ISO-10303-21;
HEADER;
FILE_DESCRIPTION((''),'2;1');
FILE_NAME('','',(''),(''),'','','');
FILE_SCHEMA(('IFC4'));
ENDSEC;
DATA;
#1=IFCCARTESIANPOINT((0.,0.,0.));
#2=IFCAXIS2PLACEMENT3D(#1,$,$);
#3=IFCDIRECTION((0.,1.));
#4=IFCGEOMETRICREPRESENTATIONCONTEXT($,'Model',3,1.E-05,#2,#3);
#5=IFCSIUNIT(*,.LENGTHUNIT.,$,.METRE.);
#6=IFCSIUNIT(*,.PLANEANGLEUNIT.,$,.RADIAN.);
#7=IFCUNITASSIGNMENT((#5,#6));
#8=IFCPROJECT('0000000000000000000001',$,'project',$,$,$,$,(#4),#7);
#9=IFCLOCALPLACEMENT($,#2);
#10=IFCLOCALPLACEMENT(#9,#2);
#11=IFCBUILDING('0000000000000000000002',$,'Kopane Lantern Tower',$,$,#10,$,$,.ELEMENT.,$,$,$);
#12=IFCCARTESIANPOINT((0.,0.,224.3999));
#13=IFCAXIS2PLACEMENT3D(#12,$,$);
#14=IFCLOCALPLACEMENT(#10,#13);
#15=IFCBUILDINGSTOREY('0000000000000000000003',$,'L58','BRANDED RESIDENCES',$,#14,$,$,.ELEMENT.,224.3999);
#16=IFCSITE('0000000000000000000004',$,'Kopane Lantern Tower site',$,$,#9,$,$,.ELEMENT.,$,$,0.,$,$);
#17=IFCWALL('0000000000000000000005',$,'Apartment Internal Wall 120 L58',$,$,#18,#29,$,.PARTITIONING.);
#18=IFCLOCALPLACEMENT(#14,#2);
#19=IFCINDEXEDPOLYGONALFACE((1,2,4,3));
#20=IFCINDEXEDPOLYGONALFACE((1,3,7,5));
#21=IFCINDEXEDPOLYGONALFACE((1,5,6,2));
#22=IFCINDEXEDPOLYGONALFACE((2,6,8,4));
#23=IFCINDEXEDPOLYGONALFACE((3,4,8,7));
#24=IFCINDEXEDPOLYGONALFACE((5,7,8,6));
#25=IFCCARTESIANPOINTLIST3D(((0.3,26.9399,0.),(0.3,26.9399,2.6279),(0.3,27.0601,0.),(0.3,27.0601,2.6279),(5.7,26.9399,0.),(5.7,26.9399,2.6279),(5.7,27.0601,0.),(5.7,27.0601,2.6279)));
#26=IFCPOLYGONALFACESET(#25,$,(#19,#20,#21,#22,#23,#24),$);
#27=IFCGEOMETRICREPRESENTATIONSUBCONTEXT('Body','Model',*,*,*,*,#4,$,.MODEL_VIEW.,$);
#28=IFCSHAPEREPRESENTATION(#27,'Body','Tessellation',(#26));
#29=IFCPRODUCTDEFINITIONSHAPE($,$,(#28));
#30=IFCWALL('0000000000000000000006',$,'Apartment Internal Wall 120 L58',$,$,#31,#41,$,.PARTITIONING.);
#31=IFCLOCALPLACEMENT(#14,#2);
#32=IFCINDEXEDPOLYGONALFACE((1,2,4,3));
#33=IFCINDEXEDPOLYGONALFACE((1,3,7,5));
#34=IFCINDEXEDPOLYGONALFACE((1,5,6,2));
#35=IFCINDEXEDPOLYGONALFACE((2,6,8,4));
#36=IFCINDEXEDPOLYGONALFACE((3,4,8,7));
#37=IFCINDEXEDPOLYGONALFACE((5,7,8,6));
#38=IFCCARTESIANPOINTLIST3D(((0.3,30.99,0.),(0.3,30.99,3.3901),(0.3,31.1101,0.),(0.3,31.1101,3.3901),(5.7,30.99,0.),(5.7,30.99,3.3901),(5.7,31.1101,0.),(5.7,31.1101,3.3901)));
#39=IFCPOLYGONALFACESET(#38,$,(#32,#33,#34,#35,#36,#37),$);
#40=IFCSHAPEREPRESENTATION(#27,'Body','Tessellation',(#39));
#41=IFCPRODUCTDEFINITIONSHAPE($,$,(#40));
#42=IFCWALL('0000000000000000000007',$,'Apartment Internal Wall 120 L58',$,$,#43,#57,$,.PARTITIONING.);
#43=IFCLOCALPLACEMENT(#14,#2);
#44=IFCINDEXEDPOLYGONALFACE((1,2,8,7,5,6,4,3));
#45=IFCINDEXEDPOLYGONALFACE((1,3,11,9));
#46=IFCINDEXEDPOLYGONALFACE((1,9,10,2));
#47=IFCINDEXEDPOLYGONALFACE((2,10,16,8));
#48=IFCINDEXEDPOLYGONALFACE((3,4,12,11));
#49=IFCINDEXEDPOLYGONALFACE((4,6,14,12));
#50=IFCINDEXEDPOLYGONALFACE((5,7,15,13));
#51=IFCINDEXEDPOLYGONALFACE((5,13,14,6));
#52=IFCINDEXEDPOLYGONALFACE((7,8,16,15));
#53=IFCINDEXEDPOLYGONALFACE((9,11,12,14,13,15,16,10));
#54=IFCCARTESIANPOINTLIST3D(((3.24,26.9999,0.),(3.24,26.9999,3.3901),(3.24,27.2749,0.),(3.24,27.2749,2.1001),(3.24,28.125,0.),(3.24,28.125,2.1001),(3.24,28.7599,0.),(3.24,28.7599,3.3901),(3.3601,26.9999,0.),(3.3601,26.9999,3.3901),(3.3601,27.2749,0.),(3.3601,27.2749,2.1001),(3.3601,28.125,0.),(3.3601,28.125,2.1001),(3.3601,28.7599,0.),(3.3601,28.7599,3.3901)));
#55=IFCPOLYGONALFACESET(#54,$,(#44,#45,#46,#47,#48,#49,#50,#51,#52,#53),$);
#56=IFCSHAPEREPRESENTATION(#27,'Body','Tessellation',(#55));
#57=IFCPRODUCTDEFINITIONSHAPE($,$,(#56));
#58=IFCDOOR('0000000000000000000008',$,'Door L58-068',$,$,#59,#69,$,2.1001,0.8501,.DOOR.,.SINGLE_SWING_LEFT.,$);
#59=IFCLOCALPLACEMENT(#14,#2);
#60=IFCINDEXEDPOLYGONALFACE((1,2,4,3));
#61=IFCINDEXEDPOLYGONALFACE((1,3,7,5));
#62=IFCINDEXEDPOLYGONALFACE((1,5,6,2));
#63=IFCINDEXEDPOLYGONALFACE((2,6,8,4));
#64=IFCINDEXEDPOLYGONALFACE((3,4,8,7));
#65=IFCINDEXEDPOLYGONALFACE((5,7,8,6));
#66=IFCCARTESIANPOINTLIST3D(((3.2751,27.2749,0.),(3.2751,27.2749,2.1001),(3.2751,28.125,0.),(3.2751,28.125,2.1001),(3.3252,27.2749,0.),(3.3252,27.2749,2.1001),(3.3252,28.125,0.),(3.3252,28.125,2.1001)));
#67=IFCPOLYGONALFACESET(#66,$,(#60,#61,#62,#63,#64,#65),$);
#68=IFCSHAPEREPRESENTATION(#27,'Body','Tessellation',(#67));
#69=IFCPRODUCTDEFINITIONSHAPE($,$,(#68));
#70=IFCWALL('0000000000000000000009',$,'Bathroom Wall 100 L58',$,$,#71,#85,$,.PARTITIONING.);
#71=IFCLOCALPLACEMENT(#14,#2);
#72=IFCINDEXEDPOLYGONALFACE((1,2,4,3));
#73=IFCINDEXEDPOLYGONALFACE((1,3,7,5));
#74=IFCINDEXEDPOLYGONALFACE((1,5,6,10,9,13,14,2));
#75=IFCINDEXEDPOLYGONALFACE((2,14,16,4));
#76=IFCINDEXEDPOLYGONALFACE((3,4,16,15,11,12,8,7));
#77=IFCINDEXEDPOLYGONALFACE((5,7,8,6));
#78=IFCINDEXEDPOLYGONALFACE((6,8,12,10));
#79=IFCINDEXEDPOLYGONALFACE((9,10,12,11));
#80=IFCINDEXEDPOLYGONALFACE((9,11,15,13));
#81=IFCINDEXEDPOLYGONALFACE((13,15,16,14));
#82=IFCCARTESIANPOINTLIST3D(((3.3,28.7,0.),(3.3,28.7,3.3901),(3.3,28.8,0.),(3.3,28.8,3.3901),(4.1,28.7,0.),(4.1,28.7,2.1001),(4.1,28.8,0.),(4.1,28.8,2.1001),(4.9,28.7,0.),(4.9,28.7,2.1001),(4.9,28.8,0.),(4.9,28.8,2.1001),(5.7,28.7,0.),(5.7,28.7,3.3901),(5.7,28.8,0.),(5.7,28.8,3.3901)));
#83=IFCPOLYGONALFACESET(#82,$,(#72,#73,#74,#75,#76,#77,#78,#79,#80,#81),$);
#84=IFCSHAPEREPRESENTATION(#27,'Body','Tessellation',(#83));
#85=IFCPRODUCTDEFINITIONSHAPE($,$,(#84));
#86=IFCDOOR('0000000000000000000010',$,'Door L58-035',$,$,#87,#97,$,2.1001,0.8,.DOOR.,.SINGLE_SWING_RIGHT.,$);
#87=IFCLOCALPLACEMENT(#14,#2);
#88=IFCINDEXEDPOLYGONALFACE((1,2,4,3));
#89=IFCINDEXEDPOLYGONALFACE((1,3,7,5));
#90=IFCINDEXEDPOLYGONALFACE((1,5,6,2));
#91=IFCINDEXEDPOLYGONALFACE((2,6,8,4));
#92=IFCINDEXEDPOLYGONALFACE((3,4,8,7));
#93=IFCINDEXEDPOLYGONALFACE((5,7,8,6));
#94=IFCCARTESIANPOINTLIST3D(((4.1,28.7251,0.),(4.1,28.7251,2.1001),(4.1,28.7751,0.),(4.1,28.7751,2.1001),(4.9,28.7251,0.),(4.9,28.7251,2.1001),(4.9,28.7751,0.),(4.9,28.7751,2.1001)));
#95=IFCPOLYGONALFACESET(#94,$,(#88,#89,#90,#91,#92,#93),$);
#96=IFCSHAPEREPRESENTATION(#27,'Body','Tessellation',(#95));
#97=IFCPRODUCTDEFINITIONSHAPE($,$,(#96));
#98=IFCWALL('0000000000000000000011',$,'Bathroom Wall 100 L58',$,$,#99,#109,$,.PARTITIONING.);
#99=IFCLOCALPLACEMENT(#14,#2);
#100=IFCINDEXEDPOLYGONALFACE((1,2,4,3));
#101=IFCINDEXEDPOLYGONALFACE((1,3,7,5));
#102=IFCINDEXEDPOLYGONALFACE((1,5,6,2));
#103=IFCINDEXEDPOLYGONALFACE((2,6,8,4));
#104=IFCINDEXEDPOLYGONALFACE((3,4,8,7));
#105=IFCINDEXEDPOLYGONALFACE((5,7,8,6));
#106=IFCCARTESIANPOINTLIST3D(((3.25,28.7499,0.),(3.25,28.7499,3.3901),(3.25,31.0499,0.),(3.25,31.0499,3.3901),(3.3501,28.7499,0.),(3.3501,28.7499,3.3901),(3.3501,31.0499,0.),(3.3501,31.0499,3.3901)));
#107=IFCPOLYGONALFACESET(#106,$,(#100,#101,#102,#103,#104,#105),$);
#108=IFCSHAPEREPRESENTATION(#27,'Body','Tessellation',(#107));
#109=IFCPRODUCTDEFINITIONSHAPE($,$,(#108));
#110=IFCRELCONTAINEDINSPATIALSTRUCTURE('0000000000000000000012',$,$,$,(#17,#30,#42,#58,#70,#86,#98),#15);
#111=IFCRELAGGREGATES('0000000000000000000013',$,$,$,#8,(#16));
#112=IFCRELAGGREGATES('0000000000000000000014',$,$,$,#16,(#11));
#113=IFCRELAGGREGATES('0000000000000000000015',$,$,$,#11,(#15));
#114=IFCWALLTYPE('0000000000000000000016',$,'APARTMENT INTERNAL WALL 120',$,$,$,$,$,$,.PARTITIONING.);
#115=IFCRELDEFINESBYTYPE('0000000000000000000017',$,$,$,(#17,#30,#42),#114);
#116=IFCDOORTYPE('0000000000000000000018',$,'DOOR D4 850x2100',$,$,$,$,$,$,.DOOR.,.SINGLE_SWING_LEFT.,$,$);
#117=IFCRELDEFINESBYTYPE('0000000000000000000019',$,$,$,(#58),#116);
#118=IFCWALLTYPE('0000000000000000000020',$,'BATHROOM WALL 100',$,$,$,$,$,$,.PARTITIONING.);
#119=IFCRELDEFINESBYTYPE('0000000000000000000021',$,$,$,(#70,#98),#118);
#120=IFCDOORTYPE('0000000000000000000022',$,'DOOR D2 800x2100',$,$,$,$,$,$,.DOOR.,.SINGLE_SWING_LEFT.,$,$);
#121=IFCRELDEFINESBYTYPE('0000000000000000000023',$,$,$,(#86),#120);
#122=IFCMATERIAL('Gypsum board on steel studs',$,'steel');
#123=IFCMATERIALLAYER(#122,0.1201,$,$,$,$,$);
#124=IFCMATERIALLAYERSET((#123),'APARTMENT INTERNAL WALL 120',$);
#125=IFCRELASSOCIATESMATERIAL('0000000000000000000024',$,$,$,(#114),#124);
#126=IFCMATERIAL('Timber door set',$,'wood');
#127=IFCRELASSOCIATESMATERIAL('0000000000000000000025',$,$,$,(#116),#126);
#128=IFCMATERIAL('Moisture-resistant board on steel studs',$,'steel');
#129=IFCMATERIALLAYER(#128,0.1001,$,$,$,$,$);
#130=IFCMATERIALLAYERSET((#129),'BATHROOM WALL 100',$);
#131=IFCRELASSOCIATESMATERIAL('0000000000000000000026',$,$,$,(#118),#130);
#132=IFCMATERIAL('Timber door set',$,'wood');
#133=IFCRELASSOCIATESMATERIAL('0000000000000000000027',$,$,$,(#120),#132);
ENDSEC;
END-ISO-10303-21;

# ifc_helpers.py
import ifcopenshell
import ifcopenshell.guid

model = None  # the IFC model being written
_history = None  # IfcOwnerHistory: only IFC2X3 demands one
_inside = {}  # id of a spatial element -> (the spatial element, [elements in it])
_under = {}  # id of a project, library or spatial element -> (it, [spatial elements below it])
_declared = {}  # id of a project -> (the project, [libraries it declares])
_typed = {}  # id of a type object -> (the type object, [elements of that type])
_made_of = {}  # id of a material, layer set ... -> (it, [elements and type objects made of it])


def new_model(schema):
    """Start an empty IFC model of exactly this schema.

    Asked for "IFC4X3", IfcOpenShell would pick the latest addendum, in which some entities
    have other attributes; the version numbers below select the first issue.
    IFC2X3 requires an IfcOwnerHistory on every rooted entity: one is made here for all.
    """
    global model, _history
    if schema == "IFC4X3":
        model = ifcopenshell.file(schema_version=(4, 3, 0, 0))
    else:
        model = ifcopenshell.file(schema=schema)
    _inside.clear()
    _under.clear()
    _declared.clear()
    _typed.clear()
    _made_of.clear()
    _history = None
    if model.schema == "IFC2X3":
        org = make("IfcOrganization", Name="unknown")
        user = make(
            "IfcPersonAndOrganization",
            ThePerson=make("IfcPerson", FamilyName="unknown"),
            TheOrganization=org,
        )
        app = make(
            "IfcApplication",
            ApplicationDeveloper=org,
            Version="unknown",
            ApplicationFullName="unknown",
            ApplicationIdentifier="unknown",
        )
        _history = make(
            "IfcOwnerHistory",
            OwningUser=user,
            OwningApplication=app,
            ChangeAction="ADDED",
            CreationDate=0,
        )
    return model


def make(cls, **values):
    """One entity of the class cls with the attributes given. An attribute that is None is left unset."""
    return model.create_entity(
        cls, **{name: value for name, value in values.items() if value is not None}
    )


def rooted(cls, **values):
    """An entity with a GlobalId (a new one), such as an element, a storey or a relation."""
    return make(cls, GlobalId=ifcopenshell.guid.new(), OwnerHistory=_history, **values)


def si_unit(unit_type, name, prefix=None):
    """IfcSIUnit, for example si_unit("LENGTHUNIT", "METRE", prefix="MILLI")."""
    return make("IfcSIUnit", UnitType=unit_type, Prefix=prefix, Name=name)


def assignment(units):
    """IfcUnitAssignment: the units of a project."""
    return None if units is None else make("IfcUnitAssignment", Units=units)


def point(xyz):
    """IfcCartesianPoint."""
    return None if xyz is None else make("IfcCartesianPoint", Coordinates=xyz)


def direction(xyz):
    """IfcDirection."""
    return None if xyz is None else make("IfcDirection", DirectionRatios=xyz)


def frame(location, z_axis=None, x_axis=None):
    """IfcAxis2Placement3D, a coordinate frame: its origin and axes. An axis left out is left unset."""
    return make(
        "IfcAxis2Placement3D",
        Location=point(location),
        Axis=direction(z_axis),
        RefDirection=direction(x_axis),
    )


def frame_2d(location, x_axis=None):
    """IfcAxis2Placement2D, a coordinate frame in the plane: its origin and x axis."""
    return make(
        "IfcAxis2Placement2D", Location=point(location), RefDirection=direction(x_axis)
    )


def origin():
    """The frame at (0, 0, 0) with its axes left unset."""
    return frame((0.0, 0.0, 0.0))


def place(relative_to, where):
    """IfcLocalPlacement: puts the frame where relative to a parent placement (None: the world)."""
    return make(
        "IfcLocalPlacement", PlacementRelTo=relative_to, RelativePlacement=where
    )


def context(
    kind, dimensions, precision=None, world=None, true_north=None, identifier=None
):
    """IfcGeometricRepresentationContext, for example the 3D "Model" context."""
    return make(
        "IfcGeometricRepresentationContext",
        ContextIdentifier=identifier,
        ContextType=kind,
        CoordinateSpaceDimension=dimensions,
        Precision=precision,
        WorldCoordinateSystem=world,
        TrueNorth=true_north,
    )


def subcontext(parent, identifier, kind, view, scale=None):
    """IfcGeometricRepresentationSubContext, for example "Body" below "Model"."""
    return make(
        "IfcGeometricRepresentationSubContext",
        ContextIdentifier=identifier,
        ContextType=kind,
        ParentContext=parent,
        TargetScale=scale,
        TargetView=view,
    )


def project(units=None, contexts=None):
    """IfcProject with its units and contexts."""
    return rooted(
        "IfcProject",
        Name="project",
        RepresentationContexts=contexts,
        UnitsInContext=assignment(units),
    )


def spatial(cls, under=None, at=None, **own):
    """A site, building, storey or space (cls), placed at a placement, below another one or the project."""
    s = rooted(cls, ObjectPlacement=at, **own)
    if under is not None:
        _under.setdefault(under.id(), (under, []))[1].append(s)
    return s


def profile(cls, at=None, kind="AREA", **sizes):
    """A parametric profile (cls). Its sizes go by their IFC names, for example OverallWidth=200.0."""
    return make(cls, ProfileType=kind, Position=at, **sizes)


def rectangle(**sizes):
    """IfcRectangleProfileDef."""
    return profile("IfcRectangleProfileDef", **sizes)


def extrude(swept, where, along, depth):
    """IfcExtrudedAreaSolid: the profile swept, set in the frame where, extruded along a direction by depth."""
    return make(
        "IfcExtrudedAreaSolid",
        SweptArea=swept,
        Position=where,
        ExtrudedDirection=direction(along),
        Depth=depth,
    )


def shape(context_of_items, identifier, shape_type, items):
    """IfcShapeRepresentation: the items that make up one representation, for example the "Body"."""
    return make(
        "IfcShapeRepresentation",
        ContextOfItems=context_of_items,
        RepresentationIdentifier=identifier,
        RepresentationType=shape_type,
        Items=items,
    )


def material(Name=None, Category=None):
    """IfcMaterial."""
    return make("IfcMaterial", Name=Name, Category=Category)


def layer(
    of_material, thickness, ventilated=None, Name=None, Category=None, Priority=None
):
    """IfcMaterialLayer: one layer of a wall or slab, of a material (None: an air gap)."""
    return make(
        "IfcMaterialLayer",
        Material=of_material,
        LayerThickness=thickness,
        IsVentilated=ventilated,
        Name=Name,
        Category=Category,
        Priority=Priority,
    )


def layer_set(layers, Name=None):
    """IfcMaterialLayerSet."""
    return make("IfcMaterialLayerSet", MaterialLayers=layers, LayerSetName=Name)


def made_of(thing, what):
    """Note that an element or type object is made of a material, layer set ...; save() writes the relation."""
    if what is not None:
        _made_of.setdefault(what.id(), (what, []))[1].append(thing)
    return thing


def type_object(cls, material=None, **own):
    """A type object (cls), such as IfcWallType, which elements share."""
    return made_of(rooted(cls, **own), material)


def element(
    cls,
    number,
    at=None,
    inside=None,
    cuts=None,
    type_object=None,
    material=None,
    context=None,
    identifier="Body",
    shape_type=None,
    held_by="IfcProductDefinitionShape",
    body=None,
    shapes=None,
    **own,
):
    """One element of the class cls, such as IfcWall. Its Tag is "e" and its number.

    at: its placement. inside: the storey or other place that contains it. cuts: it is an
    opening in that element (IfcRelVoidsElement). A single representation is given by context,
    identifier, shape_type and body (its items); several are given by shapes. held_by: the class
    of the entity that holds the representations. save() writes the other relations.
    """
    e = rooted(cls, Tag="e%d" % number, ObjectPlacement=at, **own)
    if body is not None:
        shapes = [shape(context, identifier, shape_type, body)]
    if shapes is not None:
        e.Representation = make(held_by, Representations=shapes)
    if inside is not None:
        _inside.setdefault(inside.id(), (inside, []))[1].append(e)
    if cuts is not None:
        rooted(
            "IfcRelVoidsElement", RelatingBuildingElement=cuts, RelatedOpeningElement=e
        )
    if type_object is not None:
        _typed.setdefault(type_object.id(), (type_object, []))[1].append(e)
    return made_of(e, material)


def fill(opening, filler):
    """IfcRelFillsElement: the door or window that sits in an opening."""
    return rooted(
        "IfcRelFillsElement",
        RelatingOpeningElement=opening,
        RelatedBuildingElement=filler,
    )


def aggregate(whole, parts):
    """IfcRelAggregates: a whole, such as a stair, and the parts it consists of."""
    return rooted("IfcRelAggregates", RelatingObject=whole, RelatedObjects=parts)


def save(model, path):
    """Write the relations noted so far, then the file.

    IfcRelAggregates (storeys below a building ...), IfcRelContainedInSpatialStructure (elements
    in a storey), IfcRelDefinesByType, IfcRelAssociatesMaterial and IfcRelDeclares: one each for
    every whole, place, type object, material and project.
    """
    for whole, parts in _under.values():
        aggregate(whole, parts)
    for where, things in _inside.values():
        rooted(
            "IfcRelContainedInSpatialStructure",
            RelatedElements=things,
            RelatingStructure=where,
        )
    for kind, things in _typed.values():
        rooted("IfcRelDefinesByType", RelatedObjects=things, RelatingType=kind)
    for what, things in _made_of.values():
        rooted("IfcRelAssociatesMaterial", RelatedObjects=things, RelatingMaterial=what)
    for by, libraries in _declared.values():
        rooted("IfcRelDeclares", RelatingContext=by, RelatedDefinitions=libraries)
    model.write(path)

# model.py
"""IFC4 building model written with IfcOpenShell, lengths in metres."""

from ifc_helpers import new_model, si_unit, direction, frame, frame_2d, origin, place, context, subcontext, project, spatial, rectangle, extrude, material, layer, layer_set, type_object, element, fill, save


model = new_model("IFC4")

# Units and contexts
model_context = context("Model", 3, precision=1e-05, world=origin(), true_north=direction((0.0, 1.0)))
body_context = subcontext(model_context, "Body", "Model", "MODEL_VIEW")
ifc_project = project(units=[si_unit("LENGTHUNIT", "METRE"), si_unit("PLANEANGLEUNIT", "RADIAN")], contexts=[model_context])

# Site, building, storey
site_placement = place(None, origin())
site = spatial("IfcSite", under=ifc_project, at=site_placement, Name="Kopane Lantern Tower site", CompositionType="ELEMENT", RefElevation=0.0)
building_placement = place(site_placement, origin())
building = spatial("IfcBuilding", under=site, at=building_placement, Name="Kopane Lantern Tower", CompositionType="ELEMENT")
storey_placement = place(building_placement, frame((0.0, 0.0, 224.3999)))
storey = spatial("IfcBuildingStorey", under=building, at=storey_placement, Name="L58", Description="BRANDED RESIDENCES", CompositionType="ELEMENT", Elevation=224.3999)

# Walls
ifc_material_1 = material(Name="Gypsum board on steel studs", Category="steel")
ifc_layer_1 = layer(ifc_material_1, 0.1201)
ifc_layer_set_1 = layer_set([ifc_layer_1], Name="APARTMENT INTERNAL WALL 120")
wall_type_1 = type_object("IfcWallType", Name="APARTMENT INTERNAL WALL 120", PredefinedType="PARTITIONING", material=ifc_layer_set_1)
wall_1_placement = place(storey_placement, frame((5.7, 27.0, 0.0), z_axis=(0.0, 0.0, 1.0), x_axis=(-1.0, 0.0, 0.0)))
element("IfcWall", 1, at=wall_1_placement, inside=storey, type_object=wall_type_1, Name="Apartment Internal Wall 120 L58", PredefinedType="PARTITIONING", context=body_context, shape_type="SweptSolid", body=[
    extrude(rectangle(XDim=5.3999, YDim=0.1201, at=frame_2d((2.7, 0.0))), origin(), (0.0, 0.0, 1.0), 2.6279),
])
wall_2_placement = place(storey_placement, frame((5.7, 31.05, 0.0), z_axis=(0.0, 0.0, 1.0), x_axis=(-1.0, 0.0, 0.0)))
element("IfcWall", 2, at=wall_2_placement, inside=storey, type_object=wall_type_1, Name="Apartment Internal Wall 120 L58", PredefinedType="PARTITIONING", context=body_context, shape_type="SweptSolid", body=[
    extrude(rectangle(XDim=5.3999, YDim=0.1201, at=frame_2d((2.7, 0.0))), origin(), (0.0, 0.0, 1.0), 3.3901),
])

# Walls, openings, doors
wall_3_placement = place(storey_placement, frame((3.3, 27.0, 0.0), z_axis=(0.0, 0.0, 1.0), x_axis=(0.0, 1.0, 0.0)))
wall_3 = element("IfcWall", 3, at=wall_3_placement, inside=storey, type_object=wall_type_1, Name="Apartment Internal Wall 120 L58", PredefinedType="PARTITIONING", context=body_context, shape_type="SweptSolid", body=[
    extrude(rectangle(XDim=1.76, YDim=0.1201, at=frame_2d((0.8799, 0.0))), origin(), (0.0, 0.0, 1.0), 3.3901),
])
opening_1_placement = place(wall_3_placement, frame((0.2749, 0.0, 0.0)))
opening_1 = element("IfcOpeningElement", 4, at=opening_1_placement, cuts=wall_3, PredefinedType="OPENING", context=body_context, shape_type="SweptSolid", body=[
    extrude(rectangle(XDim=0.8501, YDim=2.1001, at=frame_2d((0.425, 1.05))), frame((0.0, 0.0701, 0.0), z_axis=(0.0, -1.0, 0.0), x_axis=(1.0, 0.0, 0.0)), (0.0, 0.0, 1.0), 0.1401),
])
ifc_material_2 = material(Name="Timber door set", Category="wood")
door_type_1 = type_object("IfcDoorType", Name="DOOR D4 850x2100", OperationType="SINGLE_SWING_LEFT", PredefinedType="DOOR", material=ifc_material_2)
door_1_placement = place(opening_1_placement, origin())
door_1 = element("IfcDoor", 5, at=door_1_placement, inside=storey, type_object=door_type_1, Name="Door L58-068", OperationType="SINGLE_SWING_LEFT", OverallHeight=2.1001, OverallWidth=0.8501, PredefinedType="DOOR", context=body_context, shape_type="SweptSolid", body=[
    extrude(rectangle(XDim=0.8501, YDim=2.1001, at=frame_2d((0.425, 1.05))), frame((0.0, 0.0249, 0.0), z_axis=(0.0, -1.0, 0.0), x_axis=(1.0, 0.0, 0.0)), (0.0, 0.0, 1.0), 0.05),
])
fill(opening_1, door_1)
ifc_material_3 = material(Name="Moisture-resistant board on steel studs", Category="steel")
ifc_layer_2 = layer(ifc_material_3, 0.1001)
ifc_layer_set_2 = layer_set([ifc_layer_2], Name="BATHROOM WALL 100")
wall_type_2 = type_object("IfcWallType", Name="BATHROOM WALL 100", PredefinedType="PARTITIONING", material=ifc_layer_set_2)
wall_4_placement = place(storey_placement, frame((5.7, 28.75, 0.0), z_axis=(0.0, 0.0, 1.0), x_axis=(-1.0, 0.0, 0.0)))
wall_4 = element("IfcWall", 6, at=wall_4_placement, inside=storey, type_object=wall_type_2, Name="Bathroom Wall 100 L58", PredefinedType="PARTITIONING", context=body_context, shape_type="SweptSolid", body=[
    extrude(rectangle(XDim=2.3999, YDim=0.1001, at=frame_2d((1.2, 0.0))), origin(), (0.0, 0.0, 1.0), 3.3901),
])
opening_2_placement = place(wall_4_placement, frame((0.8, 0.0, 0.0)))
opening_2 = element("IfcOpeningElement", 7, at=opening_2_placement, cuts=wall_4, PredefinedType="OPENING", context=body_context, shape_type="SweptSolid", body=[
    extrude(rectangle(XDim=0.8, YDim=2.1001, at=frame_2d((0.3999, 1.05))), frame((0.0, 0.0601, 0.0), z_axis=(0.0, -1.0, 0.0), x_axis=(1.0, 0.0, 0.0)), (0.0, 0.0, 1.0), 0.1201),
])
ifc_material_4 = material(Name="Timber door set", Category="wood")
door_type_2 = type_object("IfcDoorType", Name="DOOR D2 800x2100", OperationType="SINGLE_SWING_LEFT", PredefinedType="DOOR", material=ifc_material_4)
door_2_placement = place(opening_2_placement, origin())
door_2 = element("IfcDoor", 8, at=door_2_placement, inside=storey, type_object=door_type_2, Name="Door L58-035", OperationType="SINGLE_SWING_RIGHT", OverallHeight=2.1001, OverallWidth=0.8, PredefinedType="DOOR", context=body_context, shape_type="SweptSolid", body=[
    extrude(rectangle(XDim=0.8, YDim=2.1001, at=frame_2d((0.3999, 1.05))), frame((0.0, 0.0249, 0.0), z_axis=(0.0, -1.0, 0.0), x_axis=(1.0, 0.0, 0.0)), (0.0, 0.0, 1.0), 0.05),
])
fill(opening_2, door_2)

# Wall
wall_5_placement = place(storey_placement, frame((3.3, 28.75, 0.0), z_axis=(0.0, 0.0, 1.0), x_axis=(0.0, 1.0, 0.0)))
element("IfcWall", 9, at=wall_5_placement, inside=storey, type_object=wall_type_2, Name="Bathroom Wall 100 L58", PredefinedType="PARTITIONING", context=body_context, shape_type="SweptSolid", body=[
    extrude(rectangle(XDim=2.3, YDim=0.1001, at=frame_2d((1.1499, 0.0))), origin(), (0.0, 0.0, 1.0), 3.3901),
])

save(model, "model.ifc")
